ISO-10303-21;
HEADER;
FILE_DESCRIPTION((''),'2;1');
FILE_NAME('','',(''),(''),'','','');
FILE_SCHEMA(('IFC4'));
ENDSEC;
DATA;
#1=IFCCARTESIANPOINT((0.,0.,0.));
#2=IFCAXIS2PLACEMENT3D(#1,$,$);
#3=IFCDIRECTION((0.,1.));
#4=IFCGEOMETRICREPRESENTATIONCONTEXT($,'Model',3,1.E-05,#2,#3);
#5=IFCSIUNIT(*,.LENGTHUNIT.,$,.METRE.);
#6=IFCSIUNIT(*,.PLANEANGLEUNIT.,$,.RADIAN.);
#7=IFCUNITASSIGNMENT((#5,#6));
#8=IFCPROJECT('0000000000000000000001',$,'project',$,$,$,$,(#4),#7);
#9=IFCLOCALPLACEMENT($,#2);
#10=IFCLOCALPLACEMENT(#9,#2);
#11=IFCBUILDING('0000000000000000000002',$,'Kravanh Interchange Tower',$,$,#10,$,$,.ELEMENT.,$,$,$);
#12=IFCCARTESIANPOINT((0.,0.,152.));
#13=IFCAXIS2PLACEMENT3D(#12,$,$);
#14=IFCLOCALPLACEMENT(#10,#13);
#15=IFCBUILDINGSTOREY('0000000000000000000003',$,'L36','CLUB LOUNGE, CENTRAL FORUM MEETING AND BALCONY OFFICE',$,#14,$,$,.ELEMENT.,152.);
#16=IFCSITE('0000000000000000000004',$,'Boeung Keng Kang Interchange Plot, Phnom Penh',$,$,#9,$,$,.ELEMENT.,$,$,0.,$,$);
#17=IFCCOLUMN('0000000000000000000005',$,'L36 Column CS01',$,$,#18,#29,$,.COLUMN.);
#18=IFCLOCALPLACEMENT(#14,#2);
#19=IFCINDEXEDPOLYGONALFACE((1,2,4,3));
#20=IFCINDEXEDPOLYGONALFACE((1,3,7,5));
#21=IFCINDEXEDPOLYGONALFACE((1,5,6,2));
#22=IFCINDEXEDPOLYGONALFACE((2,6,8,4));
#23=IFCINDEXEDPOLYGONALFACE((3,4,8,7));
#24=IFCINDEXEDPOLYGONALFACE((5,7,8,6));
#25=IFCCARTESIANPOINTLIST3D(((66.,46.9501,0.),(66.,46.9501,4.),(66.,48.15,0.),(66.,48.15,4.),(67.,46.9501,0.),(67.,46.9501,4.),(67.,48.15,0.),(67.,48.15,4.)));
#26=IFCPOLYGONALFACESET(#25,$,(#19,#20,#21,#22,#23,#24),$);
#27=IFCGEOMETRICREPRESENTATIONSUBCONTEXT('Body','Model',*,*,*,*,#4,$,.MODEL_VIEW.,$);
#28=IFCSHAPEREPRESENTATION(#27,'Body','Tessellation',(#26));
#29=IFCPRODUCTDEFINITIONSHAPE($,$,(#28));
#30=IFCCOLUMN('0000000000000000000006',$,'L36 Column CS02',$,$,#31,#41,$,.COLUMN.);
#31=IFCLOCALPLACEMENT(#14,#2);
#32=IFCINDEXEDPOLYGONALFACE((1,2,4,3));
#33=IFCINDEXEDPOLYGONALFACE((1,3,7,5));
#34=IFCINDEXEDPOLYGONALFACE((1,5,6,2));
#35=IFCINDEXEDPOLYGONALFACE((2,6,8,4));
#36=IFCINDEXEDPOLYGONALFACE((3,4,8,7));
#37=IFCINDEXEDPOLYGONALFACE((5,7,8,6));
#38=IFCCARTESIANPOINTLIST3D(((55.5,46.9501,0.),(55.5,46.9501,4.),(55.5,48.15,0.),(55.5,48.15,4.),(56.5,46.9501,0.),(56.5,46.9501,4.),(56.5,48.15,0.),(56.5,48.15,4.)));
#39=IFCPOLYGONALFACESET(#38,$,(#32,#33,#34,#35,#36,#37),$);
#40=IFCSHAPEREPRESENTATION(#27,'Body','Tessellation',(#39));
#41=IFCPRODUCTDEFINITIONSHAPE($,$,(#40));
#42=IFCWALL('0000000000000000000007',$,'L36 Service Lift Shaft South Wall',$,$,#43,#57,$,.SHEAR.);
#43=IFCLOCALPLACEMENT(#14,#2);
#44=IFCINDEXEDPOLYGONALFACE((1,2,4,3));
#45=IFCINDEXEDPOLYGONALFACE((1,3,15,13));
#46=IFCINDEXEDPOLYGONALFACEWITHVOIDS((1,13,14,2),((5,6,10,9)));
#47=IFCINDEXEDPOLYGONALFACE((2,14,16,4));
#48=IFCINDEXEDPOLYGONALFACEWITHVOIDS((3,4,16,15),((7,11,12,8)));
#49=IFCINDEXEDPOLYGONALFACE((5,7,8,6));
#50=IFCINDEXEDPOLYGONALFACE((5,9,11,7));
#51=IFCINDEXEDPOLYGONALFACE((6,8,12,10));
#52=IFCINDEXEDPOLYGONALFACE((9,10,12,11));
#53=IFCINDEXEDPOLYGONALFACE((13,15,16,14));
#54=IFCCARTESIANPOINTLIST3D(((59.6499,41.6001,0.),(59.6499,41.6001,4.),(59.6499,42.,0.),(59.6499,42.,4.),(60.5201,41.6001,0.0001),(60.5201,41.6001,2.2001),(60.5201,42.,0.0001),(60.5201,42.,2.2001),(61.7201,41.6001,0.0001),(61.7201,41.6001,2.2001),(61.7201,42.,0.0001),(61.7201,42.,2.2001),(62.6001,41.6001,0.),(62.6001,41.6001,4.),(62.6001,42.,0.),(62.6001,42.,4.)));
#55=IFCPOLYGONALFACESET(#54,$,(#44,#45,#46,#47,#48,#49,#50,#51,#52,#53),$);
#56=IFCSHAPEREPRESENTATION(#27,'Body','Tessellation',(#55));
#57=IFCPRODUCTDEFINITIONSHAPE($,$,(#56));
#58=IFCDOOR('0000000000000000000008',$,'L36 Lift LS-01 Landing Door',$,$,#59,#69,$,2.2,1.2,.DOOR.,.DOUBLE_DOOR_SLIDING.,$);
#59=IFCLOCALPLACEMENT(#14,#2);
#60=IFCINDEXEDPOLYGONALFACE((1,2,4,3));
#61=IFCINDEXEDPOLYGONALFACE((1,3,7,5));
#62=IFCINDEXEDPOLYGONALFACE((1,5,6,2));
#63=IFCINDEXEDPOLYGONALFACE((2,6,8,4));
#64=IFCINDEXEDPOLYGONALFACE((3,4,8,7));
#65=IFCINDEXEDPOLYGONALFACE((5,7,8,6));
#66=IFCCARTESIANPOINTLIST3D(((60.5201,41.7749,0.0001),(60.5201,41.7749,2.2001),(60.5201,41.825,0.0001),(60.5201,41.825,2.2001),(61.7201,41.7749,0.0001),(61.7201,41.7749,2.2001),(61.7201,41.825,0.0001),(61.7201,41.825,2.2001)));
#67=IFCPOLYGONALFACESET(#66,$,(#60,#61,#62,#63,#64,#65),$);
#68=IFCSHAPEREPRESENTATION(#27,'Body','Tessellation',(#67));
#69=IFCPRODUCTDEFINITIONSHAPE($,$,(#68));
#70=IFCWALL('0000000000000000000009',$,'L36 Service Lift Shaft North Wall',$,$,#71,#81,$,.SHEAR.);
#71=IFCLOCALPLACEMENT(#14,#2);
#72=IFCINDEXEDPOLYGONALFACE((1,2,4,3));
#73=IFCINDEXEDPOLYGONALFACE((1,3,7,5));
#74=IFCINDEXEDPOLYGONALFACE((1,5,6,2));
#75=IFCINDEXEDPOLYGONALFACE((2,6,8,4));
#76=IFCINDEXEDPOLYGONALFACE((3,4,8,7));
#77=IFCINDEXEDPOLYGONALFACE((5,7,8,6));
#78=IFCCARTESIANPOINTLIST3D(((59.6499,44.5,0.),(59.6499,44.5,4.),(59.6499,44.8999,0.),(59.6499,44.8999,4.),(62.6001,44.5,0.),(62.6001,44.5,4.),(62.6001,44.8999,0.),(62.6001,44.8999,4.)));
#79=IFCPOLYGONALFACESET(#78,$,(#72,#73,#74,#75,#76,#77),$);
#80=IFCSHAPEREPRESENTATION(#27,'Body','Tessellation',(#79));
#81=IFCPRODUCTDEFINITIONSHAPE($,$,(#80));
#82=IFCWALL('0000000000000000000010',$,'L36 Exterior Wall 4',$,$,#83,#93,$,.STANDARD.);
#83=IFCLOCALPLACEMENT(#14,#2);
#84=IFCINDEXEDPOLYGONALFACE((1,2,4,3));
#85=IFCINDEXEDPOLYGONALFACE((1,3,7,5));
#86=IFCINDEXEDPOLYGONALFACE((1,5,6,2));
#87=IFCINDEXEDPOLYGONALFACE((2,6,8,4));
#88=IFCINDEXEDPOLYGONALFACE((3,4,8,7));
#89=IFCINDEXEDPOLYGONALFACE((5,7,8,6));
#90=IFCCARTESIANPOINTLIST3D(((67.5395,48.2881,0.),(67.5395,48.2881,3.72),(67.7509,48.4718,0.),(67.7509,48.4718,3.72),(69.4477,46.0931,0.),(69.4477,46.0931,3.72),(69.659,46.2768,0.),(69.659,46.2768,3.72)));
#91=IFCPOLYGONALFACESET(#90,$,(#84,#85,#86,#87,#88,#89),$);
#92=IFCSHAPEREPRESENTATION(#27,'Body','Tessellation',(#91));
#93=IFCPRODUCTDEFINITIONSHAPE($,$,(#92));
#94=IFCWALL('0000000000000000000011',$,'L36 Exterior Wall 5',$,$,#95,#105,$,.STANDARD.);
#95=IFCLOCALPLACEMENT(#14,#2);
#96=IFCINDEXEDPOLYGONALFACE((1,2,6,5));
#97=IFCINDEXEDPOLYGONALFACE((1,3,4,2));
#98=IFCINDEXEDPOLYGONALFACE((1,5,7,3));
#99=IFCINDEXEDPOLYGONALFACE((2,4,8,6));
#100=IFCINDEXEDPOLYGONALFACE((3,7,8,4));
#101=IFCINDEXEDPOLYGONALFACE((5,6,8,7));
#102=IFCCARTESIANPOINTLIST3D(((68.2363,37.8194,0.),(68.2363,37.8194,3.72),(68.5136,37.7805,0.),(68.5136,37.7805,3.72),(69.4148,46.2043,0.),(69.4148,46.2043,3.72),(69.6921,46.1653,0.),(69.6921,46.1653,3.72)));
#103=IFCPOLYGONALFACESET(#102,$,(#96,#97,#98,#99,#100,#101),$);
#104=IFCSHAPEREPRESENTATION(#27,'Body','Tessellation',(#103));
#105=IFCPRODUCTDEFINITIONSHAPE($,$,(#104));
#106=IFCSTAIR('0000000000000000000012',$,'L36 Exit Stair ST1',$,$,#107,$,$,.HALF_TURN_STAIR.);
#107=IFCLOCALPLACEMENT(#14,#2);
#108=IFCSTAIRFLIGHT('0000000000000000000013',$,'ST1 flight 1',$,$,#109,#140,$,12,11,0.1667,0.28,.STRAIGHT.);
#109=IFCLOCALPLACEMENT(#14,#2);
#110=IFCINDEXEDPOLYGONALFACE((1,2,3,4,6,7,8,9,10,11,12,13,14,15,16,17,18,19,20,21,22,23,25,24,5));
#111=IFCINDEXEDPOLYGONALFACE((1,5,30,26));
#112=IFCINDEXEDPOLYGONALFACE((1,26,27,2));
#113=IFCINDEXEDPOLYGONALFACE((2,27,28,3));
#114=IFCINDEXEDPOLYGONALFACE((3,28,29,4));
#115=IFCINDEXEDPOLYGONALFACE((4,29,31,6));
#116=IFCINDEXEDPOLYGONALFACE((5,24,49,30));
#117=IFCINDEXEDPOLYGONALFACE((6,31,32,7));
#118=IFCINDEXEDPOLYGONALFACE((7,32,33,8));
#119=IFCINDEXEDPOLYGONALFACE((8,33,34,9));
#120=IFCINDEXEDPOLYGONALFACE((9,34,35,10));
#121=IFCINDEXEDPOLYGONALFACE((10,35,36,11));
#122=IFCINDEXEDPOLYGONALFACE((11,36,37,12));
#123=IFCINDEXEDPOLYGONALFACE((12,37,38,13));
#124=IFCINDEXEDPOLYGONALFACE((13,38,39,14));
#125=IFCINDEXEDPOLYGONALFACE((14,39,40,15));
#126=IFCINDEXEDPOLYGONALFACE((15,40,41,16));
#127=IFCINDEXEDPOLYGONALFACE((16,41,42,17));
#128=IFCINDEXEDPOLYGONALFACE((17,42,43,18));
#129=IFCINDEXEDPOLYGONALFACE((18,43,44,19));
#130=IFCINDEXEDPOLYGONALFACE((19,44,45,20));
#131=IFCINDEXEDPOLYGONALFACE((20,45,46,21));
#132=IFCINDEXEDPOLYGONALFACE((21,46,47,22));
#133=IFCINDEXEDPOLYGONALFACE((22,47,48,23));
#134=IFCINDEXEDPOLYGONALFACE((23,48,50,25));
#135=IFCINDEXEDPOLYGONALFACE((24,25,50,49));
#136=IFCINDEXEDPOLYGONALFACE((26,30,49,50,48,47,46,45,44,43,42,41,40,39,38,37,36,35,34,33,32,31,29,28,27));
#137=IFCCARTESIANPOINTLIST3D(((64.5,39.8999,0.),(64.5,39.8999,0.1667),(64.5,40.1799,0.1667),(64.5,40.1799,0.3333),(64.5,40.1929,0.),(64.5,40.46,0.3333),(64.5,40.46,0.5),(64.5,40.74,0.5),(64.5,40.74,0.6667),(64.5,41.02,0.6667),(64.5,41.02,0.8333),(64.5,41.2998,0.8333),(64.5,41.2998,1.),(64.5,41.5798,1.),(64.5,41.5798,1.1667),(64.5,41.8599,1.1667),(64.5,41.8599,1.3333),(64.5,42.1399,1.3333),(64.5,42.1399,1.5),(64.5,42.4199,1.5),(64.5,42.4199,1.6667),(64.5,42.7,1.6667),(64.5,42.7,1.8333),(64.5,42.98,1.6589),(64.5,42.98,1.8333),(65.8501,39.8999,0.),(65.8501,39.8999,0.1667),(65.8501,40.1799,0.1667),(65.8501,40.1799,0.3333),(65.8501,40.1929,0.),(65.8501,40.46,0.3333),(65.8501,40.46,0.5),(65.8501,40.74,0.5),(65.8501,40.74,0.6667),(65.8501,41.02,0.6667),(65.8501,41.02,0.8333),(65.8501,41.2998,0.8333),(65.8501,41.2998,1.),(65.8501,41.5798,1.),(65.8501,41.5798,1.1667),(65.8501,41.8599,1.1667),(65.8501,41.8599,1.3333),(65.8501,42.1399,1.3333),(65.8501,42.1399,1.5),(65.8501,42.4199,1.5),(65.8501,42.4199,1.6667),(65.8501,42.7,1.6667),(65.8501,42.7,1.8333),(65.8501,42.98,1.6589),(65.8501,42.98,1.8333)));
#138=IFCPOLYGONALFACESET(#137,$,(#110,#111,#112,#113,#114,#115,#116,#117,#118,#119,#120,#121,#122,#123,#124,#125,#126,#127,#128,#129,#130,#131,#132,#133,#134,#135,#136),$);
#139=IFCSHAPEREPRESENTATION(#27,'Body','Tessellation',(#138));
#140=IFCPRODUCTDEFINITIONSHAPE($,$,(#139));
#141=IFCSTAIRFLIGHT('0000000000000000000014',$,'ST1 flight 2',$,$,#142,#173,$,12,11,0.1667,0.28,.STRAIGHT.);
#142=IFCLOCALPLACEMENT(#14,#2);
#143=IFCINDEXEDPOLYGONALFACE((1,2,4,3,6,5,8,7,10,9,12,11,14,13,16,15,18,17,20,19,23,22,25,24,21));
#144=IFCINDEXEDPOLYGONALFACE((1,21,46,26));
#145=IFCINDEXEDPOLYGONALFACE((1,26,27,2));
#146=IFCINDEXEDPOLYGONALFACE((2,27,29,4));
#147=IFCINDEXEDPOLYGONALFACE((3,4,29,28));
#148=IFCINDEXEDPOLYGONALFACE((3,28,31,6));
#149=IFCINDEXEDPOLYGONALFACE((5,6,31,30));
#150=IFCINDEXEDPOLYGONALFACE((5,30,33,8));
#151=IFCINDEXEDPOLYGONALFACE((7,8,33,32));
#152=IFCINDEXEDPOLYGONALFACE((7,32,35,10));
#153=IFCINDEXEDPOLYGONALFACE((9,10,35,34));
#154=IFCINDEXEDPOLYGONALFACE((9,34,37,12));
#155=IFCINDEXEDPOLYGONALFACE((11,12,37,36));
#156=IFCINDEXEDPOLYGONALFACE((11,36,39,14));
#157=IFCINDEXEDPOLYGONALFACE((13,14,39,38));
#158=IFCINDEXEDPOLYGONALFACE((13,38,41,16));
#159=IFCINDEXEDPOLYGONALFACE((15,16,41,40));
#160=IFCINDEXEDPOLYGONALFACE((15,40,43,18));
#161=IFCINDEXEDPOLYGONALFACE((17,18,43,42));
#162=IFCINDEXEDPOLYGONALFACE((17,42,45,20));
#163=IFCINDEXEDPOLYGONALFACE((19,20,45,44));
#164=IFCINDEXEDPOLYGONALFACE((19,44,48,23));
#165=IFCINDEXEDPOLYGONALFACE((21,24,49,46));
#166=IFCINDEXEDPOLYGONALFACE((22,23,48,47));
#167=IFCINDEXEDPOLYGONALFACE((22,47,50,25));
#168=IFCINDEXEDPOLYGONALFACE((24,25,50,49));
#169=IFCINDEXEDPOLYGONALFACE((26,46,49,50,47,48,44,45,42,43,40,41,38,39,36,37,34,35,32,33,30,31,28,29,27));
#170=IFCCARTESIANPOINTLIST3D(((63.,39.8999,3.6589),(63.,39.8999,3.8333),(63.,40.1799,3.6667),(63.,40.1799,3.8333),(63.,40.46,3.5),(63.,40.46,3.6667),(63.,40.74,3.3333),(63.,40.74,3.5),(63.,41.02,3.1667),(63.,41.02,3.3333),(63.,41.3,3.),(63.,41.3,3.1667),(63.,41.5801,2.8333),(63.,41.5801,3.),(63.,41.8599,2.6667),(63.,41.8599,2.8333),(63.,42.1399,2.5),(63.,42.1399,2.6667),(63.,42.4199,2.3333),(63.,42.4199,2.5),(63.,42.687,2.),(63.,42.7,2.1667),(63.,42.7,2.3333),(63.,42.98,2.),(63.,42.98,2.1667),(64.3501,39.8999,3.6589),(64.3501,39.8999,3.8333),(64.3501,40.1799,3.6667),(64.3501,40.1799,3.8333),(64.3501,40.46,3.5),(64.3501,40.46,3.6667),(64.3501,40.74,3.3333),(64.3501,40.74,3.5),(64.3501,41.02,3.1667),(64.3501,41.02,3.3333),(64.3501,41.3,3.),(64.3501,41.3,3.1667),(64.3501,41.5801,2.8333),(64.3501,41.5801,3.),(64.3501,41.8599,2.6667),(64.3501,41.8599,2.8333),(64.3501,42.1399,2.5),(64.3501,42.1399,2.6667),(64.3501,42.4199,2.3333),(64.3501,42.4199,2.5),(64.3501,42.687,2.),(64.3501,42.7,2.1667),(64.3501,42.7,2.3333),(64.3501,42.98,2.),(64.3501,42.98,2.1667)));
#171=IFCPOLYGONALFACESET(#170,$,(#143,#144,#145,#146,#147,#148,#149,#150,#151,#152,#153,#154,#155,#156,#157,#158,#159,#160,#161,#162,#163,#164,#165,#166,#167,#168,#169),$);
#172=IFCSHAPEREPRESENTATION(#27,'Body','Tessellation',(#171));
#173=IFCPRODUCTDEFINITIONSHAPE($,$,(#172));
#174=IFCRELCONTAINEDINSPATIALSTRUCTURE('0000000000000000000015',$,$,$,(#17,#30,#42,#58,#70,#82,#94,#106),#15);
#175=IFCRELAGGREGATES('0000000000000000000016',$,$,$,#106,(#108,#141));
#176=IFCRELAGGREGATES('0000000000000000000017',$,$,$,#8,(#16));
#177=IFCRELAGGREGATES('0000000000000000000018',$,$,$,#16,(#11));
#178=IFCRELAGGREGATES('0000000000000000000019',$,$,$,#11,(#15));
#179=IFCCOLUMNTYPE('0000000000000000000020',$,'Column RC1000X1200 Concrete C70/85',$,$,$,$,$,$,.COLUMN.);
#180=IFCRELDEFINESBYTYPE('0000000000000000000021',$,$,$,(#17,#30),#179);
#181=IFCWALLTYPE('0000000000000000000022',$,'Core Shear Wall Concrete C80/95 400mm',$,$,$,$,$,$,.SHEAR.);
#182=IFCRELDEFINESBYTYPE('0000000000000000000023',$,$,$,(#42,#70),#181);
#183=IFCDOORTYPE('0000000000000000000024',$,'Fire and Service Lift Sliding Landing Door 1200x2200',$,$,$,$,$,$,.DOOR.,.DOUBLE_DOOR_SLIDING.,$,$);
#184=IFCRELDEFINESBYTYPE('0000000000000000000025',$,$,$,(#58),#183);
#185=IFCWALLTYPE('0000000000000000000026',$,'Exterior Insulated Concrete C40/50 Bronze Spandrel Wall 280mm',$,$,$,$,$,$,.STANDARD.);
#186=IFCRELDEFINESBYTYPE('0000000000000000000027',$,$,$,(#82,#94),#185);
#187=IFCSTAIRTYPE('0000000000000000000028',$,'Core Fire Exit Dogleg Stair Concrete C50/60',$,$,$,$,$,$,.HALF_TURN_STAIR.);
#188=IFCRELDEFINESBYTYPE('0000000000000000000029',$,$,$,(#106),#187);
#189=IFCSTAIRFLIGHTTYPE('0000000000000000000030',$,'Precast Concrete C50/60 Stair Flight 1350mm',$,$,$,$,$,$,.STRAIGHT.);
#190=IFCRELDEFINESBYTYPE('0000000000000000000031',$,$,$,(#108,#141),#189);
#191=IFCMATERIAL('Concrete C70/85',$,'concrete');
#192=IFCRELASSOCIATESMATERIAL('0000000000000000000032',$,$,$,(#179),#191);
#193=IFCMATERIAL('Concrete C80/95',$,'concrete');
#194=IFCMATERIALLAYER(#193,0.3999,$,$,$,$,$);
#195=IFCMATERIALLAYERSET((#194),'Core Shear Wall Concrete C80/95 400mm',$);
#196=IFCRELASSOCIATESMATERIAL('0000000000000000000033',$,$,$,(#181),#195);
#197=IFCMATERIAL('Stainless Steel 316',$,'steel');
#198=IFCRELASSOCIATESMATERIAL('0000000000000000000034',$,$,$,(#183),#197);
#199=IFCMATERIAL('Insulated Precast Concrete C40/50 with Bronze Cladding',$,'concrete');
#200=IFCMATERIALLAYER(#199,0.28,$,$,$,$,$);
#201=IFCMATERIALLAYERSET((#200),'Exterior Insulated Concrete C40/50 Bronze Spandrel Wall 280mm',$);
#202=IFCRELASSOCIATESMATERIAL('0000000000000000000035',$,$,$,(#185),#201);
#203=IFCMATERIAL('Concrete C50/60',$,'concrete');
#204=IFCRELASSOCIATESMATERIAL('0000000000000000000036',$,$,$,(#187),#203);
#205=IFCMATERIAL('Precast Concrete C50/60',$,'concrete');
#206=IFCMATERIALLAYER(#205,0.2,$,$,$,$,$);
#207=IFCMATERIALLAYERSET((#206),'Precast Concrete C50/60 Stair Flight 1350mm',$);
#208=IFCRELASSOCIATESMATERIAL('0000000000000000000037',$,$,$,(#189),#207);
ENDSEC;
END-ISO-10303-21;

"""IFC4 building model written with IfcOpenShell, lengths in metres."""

from ifc_helpers import new_model, si_unit, direction, frame, frame_2d, origin, origin_2d, place, context, subcontext, project, spatial, polyline, rectangle, outline, extrude, material, layer, layer_set, material_profile, profile_set, type_object, element, fill, aggregate, save


model = new_model("IFC4")

# Units and contexts
model_context = context("Model", 3, precision=1e-05, world=origin(), true_north=direction((0.0, 1.0)))
body_context = subcontext(model_context, "Body", "Model", "MODEL_VIEW")
ifc_project = project(units=[si_unit("LENGTHUNIT", "METRE"), si_unit("PLANEANGLEUNIT", "RADIAN")], contexts=[model_context])

# Site, building, storey
site_placement = place(None, origin())
site = spatial("IfcSite", under=ifc_project, at=site_placement, Name="Boeung Keng Kang Interchange Plot, Phnom Penh", CompositionType="ELEMENT", RefElevation=0.0)
building_placement = place(site_placement, origin())
building = spatial("IfcBuilding", under=site, at=building_placement, Name="Kravanh Interchange Tower", CompositionType="ELEMENT")
storey_placement = place(building_placement, frame((0.0, 0.0, 152.0)))
storey = spatial("IfcBuildingStorey", under=building, at=storey_placement, Name="L36", Description="CLUB LOUNGE, CENTRAL FORUM MEETING AND BALCONY OFFICE", CompositionType="ELEMENT", Elevation=152.0)

# Columns
ifc_material_1 = material(Name="Concrete C70/85", Category="concrete")
ifc_material_profile = material_profile(ifc_material_1, rectangle(XDim=1.0, YDim=1.2, at=origin_2d()), Name="RC1000X1200")
ifc_profile_set = profile_set([ifc_material_profile], Name="Concrete C70/85")
column_type = type_object("IfcColumnType", Name="Column RC1000X1200 Concrete C70/85", PredefinedType="COLUMN", material=ifc_profile_set)
for number, where, z_axis, x_axis, name in (
    (1, (66.5, 47.55, 0.0), (0.0, 0.0, 1.0), (1.0, 0.0, 0.0), "L36 Column CS01"),
    (2, (56.0, 47.55, 0.0), (0.0, 0.0, 1.0), (1.0, 0.0, 0.0), "L36 Column CS02"),
):
    element("IfcColumn", number, at=place(storey_placement, frame(where, z_axis=z_axis, x_axis=x_axis)), inside=storey, type_object=column_type, Name=name, PredefinedType="COLUMN", context=body_context, shape_type="SweptSolid", body=[
        extrude(rectangle(XDim=1.0, YDim=1.2, at=origin_2d()), origin(), (0.0, 0.0, 1.0), 4.0),
    ])

# Wall, opening, door
ifc_material_2 = material(Name="Concrete C80/95", Category="concrete")
ifc_layer_1 = layer(ifc_material_2, 0.3999)
ifc_layer_set_1 = layer_set([ifc_layer_1], Name="Core Shear Wall Concrete C80/95 400mm")
wall_type_1 = type_object("IfcWallType", Name="Core Shear Wall Concrete C80/95 400mm", PredefinedType="SHEAR", material=ifc_layer_set_1)
wall_1_placement = place(storey_placement, frame((59.6499, 41.8, 0.0), z_axis=(0.0, 0.0, 1.0), x_axis=(1.0, 0.0, 0.0)))
wall_1 = element("IfcWall", 3, at=wall_1_placement, inside=storey, type_object=wall_type_1, Name="L36 Service Lift Shaft South Wall", PredefinedType="SHEAR", context=body_context, shape_type="SweptSolid", body=[
    extrude(rectangle(XDim=2.9502, YDim=0.3999, at=frame_2d((1.4751, 0.0))), origin(), (0.0, 0.0, 1.0), 4.0),
])
opening_placement = place(wall_1_placement, frame((0.8701, 0.0, 0.0)))
opening = element("IfcOpeningElement", 4, at=opening_placement, cuts=wall_1, PredefinedType="OPENING", context=body_context, shape_type="SweptSolid", body=[
    extrude(rectangle(XDim=1.2, YDim=2.2, at=frame_2d((0.6001, 1.1001))), frame((0.0, 0.21, 0.0), z_axis=(0.0, -1.0, 0.0), x_axis=(1.0, 0.0, 0.0)), (0.0, 0.0, 1.0), 0.4199),
])
ifc_material_3 = material(Name="Stainless Steel 316", Category="steel")
door_type = type_object("IfcDoorType", Name="Fire and Service Lift Sliding Landing Door 1200x2200", OperationType="DOUBLE_DOOR_SLIDING", PredefinedType="DOOR", material=ifc_material_3)
door_placement = place(opening_placement, origin())
door = element("IfcDoor", 5, at=door_placement, inside=storey, type_object=door_type, Name="L36 Lift LS-01 Landing Door", OperationType="DOUBLE_DOOR_SLIDING", OverallHeight=2.2, OverallWidth=1.2, PredefinedType="DOOR", context=body_context, shape_type="SweptSolid", body=[
    extrude(rectangle(XDim=1.2, YDim=2.2, at=frame_2d((0.6001, 1.1001))), frame((0.0, 0.0249, 0.0), z_axis=(0.0, -1.0, 0.0), x_axis=(1.0, 0.0, 0.0)), (0.0, 0.0, 1.0), 0.05),
])
fill(opening, door)

# Walls
wall_2_placement = place(storey_placement, frame((59.6499, 44.7, 0.0), z_axis=(0.0, 0.0, 1.0), x_axis=(1.0, 0.0, 0.0)))
element("IfcWall", 6, at=wall_2_placement, inside=storey, type_object=wall_type_1, Name="L36 Service Lift Shaft North Wall", PredefinedType="SHEAR", context=body_context, shape_type="SweptSolid", body=[
    extrude(rectangle(XDim=2.9502, YDim=0.3999, at=frame_2d((1.4751, 0.0))), origin(), (0.0, 0.0, 1.0), 4.0),
])
ifc_material_4 = material(Name="Insulated Precast Concrete C40/50 with Bronze Cladding", Category="concrete")
ifc_layer_2 = layer(ifc_material_4, 0.28)
ifc_layer_set_2 = layer_set([ifc_layer_2], Name="Exterior Insulated Concrete C40/50 Bronze Spandrel Wall 280mm")
wall_type_2 = type_object("IfcWallType", Name="Exterior Insulated Concrete C40/50 Bronze Spandrel Wall 280mm", PredefinedType="STANDARD", material=ifc_layer_set_2)
wall_3_placement = place(storey_placement, frame((67.6453, 48.3799, 0.0), z_axis=(0.0, 0.0, 1.0), x_axis=(0.656071, -0.754699, 0.0)))
element("IfcWall", 7, at=wall_3_placement, inside=storey, type_object=wall_type_2, Name="L36 Exterior Wall 4", PredefinedType="STANDARD", context=body_context, shape_type="SweptSolid", body=[
    extrude(rectangle(XDim=2.9084, YDim=0.28, at=frame_2d((1.4541, 0.0))), origin(), (0.0, 0.0, 1.0), 3.72),
])
wall_4_placement = place(storey_placement, frame((69.5535, 46.1848, 0.0), z_axis=(0.0, 0.0, 1.0), x_axis=(-0.139181, -0.990267, 0.0)))
element("IfcWall", 8, at=wall_4_placement, inside=storey, type_object=wall_type_2, Name="L36 Exterior Wall 5", PredefinedType="STANDARD", context=body_context, shape_type="SweptSolid", body=[
    extrude(rectangle(XDim=8.4673, YDim=0.28, at=frame_2d((4.2336, 0.0))), origin(), (0.0, 0.0, 1.0), 3.72),
])

# Stair, stair flights
ifc_material_5 = material(Name="Concrete C50/60", Category="concrete")
stair_type = type_object("IfcStairType", Name="Core Fire Exit Dogleg Stair Concrete C50/60", PredefinedType="HALF_TURN_STAIR", material=ifc_material_5)
stair_1_placement = place(storey_placement, origin())
stair_1 = element("IfcStair", 9, at=stair_1_placement, inside=storey, type_object=stair_type, Name="L36 Exit Stair ST1", PredefinedType="HALF_TURN_STAIR")
ifc_material_6 = material(Name="Precast Concrete C50/60", Category="concrete")
ifc_layer_3 = layer(ifc_material_6, 0.2)
ifc_layer_set_3 = layer_set([ifc_layer_3], Name="Precast Concrete C50/60 Stair Flight 1350mm")
stair_flight_type = type_object("IfcStairFlightType", Name="Precast Concrete C50/60 Stair Flight 1350mm", PredefinedType="STRAIGHT", material=ifc_layer_set_3)
stair_flight_1_placement = place(storey_placement, frame((65.175, 39.8999, 0.0), z_axis=(0.0, 0.0, 1.0), x_axis=(0.0, 1.0, 0.0)))
stair_flight_1 = element("IfcStairFlight", 10, at=stair_flight_1_placement, type_object=stair_flight_type, Name="ST1 flight 1", NumberOfRisers=12, NumberOfTreads=11, PredefinedType="STRAIGHT", RiserHeight=0.1667, TreadLength=0.28, context=body_context, shape_type="SweptSolid", body=[
    extrude(outline(polyline([(0.0, 0.0), (0.0, 0.1667), (0.28, 0.1667), (0.28, 0.3333), (0.5601, 0.3333), (0.5601, 0.5), (0.8401, 0.5), (0.8401, 0.6667), (1.1201, 0.6667), (1.1201, 0.8333), (1.3999, 0.8333), (1.3999, 1.0), (1.6799, 1.0), (1.6799, 1.1667), (1.96, 1.1667), (1.96, 1.3333), (2.24, 1.3333), (2.24, 1.5), (2.52, 1.5), (2.52, 1.6667), (2.8, 1.6667), (2.8, 1.8333), (3.0801, 1.8333), (3.0801, 2.0), (3.0801, 1.6589), (0.293, 0.0), (0.0, 0.0)])), frame((0.0, 0.675, 0.0), z_axis=(0.0, -1.0, 0.0), x_axis=(1.0, 0.0, 0.0)), (0.0, 0.0, 1.0), 1.3501),
])
stair_flight_2_placement = place(storey_placement, frame((63.675, 42.98, 2.0), z_axis=(0.0, 0.0, 1.0), x_axis=(0.0, -1.0, 0.0)))
stair_flight_2 = element("IfcStairFlight", 11, at=stair_flight_2_placement, type_object=stair_flight_type, Name="ST1 flight 2", NumberOfRisers=12, NumberOfTreads=11, PredefinedType="STRAIGHT", RiserHeight=0.1667, TreadLength=0.28, context=body_context, shape_type="SweptSolid", body=[
    extrude(outline(polyline([(0.0, 0.0), (0.0, 0.1667), (0.28, 0.1667), (0.28, 0.3333), (0.5601, 0.3333), (0.5601, 0.5), (0.8401, 0.5), (0.8401, 0.6667), (1.1201, 0.6667), (1.1201, 0.8333), (1.3999, 0.8333), (1.3999, 1.0), (1.6799, 1.0), (1.6799, 1.1667), (1.96, 1.1667), (1.96, 1.3333), (2.24, 1.3333), (2.24, 1.5), (2.52, 1.5), (2.52, 1.6667), (2.8, 1.6667), (2.8, 1.8333), (3.0801, 1.8333), (3.0801, 2.0), (3.0801, 1.6589), (0.293, 0.0), (0.0, 0.0)])), frame((0.0, 0.675, 0.0), z_axis=(0.0, -1.0, 0.0), x_axis=(1.0, 0.0, 0.0)), (0.0, 0.0, 1.0), 1.3501),
])
aggregate(stair_1, [stair_flight_1, stair_flight_2])

save(model, "model.ifc")
